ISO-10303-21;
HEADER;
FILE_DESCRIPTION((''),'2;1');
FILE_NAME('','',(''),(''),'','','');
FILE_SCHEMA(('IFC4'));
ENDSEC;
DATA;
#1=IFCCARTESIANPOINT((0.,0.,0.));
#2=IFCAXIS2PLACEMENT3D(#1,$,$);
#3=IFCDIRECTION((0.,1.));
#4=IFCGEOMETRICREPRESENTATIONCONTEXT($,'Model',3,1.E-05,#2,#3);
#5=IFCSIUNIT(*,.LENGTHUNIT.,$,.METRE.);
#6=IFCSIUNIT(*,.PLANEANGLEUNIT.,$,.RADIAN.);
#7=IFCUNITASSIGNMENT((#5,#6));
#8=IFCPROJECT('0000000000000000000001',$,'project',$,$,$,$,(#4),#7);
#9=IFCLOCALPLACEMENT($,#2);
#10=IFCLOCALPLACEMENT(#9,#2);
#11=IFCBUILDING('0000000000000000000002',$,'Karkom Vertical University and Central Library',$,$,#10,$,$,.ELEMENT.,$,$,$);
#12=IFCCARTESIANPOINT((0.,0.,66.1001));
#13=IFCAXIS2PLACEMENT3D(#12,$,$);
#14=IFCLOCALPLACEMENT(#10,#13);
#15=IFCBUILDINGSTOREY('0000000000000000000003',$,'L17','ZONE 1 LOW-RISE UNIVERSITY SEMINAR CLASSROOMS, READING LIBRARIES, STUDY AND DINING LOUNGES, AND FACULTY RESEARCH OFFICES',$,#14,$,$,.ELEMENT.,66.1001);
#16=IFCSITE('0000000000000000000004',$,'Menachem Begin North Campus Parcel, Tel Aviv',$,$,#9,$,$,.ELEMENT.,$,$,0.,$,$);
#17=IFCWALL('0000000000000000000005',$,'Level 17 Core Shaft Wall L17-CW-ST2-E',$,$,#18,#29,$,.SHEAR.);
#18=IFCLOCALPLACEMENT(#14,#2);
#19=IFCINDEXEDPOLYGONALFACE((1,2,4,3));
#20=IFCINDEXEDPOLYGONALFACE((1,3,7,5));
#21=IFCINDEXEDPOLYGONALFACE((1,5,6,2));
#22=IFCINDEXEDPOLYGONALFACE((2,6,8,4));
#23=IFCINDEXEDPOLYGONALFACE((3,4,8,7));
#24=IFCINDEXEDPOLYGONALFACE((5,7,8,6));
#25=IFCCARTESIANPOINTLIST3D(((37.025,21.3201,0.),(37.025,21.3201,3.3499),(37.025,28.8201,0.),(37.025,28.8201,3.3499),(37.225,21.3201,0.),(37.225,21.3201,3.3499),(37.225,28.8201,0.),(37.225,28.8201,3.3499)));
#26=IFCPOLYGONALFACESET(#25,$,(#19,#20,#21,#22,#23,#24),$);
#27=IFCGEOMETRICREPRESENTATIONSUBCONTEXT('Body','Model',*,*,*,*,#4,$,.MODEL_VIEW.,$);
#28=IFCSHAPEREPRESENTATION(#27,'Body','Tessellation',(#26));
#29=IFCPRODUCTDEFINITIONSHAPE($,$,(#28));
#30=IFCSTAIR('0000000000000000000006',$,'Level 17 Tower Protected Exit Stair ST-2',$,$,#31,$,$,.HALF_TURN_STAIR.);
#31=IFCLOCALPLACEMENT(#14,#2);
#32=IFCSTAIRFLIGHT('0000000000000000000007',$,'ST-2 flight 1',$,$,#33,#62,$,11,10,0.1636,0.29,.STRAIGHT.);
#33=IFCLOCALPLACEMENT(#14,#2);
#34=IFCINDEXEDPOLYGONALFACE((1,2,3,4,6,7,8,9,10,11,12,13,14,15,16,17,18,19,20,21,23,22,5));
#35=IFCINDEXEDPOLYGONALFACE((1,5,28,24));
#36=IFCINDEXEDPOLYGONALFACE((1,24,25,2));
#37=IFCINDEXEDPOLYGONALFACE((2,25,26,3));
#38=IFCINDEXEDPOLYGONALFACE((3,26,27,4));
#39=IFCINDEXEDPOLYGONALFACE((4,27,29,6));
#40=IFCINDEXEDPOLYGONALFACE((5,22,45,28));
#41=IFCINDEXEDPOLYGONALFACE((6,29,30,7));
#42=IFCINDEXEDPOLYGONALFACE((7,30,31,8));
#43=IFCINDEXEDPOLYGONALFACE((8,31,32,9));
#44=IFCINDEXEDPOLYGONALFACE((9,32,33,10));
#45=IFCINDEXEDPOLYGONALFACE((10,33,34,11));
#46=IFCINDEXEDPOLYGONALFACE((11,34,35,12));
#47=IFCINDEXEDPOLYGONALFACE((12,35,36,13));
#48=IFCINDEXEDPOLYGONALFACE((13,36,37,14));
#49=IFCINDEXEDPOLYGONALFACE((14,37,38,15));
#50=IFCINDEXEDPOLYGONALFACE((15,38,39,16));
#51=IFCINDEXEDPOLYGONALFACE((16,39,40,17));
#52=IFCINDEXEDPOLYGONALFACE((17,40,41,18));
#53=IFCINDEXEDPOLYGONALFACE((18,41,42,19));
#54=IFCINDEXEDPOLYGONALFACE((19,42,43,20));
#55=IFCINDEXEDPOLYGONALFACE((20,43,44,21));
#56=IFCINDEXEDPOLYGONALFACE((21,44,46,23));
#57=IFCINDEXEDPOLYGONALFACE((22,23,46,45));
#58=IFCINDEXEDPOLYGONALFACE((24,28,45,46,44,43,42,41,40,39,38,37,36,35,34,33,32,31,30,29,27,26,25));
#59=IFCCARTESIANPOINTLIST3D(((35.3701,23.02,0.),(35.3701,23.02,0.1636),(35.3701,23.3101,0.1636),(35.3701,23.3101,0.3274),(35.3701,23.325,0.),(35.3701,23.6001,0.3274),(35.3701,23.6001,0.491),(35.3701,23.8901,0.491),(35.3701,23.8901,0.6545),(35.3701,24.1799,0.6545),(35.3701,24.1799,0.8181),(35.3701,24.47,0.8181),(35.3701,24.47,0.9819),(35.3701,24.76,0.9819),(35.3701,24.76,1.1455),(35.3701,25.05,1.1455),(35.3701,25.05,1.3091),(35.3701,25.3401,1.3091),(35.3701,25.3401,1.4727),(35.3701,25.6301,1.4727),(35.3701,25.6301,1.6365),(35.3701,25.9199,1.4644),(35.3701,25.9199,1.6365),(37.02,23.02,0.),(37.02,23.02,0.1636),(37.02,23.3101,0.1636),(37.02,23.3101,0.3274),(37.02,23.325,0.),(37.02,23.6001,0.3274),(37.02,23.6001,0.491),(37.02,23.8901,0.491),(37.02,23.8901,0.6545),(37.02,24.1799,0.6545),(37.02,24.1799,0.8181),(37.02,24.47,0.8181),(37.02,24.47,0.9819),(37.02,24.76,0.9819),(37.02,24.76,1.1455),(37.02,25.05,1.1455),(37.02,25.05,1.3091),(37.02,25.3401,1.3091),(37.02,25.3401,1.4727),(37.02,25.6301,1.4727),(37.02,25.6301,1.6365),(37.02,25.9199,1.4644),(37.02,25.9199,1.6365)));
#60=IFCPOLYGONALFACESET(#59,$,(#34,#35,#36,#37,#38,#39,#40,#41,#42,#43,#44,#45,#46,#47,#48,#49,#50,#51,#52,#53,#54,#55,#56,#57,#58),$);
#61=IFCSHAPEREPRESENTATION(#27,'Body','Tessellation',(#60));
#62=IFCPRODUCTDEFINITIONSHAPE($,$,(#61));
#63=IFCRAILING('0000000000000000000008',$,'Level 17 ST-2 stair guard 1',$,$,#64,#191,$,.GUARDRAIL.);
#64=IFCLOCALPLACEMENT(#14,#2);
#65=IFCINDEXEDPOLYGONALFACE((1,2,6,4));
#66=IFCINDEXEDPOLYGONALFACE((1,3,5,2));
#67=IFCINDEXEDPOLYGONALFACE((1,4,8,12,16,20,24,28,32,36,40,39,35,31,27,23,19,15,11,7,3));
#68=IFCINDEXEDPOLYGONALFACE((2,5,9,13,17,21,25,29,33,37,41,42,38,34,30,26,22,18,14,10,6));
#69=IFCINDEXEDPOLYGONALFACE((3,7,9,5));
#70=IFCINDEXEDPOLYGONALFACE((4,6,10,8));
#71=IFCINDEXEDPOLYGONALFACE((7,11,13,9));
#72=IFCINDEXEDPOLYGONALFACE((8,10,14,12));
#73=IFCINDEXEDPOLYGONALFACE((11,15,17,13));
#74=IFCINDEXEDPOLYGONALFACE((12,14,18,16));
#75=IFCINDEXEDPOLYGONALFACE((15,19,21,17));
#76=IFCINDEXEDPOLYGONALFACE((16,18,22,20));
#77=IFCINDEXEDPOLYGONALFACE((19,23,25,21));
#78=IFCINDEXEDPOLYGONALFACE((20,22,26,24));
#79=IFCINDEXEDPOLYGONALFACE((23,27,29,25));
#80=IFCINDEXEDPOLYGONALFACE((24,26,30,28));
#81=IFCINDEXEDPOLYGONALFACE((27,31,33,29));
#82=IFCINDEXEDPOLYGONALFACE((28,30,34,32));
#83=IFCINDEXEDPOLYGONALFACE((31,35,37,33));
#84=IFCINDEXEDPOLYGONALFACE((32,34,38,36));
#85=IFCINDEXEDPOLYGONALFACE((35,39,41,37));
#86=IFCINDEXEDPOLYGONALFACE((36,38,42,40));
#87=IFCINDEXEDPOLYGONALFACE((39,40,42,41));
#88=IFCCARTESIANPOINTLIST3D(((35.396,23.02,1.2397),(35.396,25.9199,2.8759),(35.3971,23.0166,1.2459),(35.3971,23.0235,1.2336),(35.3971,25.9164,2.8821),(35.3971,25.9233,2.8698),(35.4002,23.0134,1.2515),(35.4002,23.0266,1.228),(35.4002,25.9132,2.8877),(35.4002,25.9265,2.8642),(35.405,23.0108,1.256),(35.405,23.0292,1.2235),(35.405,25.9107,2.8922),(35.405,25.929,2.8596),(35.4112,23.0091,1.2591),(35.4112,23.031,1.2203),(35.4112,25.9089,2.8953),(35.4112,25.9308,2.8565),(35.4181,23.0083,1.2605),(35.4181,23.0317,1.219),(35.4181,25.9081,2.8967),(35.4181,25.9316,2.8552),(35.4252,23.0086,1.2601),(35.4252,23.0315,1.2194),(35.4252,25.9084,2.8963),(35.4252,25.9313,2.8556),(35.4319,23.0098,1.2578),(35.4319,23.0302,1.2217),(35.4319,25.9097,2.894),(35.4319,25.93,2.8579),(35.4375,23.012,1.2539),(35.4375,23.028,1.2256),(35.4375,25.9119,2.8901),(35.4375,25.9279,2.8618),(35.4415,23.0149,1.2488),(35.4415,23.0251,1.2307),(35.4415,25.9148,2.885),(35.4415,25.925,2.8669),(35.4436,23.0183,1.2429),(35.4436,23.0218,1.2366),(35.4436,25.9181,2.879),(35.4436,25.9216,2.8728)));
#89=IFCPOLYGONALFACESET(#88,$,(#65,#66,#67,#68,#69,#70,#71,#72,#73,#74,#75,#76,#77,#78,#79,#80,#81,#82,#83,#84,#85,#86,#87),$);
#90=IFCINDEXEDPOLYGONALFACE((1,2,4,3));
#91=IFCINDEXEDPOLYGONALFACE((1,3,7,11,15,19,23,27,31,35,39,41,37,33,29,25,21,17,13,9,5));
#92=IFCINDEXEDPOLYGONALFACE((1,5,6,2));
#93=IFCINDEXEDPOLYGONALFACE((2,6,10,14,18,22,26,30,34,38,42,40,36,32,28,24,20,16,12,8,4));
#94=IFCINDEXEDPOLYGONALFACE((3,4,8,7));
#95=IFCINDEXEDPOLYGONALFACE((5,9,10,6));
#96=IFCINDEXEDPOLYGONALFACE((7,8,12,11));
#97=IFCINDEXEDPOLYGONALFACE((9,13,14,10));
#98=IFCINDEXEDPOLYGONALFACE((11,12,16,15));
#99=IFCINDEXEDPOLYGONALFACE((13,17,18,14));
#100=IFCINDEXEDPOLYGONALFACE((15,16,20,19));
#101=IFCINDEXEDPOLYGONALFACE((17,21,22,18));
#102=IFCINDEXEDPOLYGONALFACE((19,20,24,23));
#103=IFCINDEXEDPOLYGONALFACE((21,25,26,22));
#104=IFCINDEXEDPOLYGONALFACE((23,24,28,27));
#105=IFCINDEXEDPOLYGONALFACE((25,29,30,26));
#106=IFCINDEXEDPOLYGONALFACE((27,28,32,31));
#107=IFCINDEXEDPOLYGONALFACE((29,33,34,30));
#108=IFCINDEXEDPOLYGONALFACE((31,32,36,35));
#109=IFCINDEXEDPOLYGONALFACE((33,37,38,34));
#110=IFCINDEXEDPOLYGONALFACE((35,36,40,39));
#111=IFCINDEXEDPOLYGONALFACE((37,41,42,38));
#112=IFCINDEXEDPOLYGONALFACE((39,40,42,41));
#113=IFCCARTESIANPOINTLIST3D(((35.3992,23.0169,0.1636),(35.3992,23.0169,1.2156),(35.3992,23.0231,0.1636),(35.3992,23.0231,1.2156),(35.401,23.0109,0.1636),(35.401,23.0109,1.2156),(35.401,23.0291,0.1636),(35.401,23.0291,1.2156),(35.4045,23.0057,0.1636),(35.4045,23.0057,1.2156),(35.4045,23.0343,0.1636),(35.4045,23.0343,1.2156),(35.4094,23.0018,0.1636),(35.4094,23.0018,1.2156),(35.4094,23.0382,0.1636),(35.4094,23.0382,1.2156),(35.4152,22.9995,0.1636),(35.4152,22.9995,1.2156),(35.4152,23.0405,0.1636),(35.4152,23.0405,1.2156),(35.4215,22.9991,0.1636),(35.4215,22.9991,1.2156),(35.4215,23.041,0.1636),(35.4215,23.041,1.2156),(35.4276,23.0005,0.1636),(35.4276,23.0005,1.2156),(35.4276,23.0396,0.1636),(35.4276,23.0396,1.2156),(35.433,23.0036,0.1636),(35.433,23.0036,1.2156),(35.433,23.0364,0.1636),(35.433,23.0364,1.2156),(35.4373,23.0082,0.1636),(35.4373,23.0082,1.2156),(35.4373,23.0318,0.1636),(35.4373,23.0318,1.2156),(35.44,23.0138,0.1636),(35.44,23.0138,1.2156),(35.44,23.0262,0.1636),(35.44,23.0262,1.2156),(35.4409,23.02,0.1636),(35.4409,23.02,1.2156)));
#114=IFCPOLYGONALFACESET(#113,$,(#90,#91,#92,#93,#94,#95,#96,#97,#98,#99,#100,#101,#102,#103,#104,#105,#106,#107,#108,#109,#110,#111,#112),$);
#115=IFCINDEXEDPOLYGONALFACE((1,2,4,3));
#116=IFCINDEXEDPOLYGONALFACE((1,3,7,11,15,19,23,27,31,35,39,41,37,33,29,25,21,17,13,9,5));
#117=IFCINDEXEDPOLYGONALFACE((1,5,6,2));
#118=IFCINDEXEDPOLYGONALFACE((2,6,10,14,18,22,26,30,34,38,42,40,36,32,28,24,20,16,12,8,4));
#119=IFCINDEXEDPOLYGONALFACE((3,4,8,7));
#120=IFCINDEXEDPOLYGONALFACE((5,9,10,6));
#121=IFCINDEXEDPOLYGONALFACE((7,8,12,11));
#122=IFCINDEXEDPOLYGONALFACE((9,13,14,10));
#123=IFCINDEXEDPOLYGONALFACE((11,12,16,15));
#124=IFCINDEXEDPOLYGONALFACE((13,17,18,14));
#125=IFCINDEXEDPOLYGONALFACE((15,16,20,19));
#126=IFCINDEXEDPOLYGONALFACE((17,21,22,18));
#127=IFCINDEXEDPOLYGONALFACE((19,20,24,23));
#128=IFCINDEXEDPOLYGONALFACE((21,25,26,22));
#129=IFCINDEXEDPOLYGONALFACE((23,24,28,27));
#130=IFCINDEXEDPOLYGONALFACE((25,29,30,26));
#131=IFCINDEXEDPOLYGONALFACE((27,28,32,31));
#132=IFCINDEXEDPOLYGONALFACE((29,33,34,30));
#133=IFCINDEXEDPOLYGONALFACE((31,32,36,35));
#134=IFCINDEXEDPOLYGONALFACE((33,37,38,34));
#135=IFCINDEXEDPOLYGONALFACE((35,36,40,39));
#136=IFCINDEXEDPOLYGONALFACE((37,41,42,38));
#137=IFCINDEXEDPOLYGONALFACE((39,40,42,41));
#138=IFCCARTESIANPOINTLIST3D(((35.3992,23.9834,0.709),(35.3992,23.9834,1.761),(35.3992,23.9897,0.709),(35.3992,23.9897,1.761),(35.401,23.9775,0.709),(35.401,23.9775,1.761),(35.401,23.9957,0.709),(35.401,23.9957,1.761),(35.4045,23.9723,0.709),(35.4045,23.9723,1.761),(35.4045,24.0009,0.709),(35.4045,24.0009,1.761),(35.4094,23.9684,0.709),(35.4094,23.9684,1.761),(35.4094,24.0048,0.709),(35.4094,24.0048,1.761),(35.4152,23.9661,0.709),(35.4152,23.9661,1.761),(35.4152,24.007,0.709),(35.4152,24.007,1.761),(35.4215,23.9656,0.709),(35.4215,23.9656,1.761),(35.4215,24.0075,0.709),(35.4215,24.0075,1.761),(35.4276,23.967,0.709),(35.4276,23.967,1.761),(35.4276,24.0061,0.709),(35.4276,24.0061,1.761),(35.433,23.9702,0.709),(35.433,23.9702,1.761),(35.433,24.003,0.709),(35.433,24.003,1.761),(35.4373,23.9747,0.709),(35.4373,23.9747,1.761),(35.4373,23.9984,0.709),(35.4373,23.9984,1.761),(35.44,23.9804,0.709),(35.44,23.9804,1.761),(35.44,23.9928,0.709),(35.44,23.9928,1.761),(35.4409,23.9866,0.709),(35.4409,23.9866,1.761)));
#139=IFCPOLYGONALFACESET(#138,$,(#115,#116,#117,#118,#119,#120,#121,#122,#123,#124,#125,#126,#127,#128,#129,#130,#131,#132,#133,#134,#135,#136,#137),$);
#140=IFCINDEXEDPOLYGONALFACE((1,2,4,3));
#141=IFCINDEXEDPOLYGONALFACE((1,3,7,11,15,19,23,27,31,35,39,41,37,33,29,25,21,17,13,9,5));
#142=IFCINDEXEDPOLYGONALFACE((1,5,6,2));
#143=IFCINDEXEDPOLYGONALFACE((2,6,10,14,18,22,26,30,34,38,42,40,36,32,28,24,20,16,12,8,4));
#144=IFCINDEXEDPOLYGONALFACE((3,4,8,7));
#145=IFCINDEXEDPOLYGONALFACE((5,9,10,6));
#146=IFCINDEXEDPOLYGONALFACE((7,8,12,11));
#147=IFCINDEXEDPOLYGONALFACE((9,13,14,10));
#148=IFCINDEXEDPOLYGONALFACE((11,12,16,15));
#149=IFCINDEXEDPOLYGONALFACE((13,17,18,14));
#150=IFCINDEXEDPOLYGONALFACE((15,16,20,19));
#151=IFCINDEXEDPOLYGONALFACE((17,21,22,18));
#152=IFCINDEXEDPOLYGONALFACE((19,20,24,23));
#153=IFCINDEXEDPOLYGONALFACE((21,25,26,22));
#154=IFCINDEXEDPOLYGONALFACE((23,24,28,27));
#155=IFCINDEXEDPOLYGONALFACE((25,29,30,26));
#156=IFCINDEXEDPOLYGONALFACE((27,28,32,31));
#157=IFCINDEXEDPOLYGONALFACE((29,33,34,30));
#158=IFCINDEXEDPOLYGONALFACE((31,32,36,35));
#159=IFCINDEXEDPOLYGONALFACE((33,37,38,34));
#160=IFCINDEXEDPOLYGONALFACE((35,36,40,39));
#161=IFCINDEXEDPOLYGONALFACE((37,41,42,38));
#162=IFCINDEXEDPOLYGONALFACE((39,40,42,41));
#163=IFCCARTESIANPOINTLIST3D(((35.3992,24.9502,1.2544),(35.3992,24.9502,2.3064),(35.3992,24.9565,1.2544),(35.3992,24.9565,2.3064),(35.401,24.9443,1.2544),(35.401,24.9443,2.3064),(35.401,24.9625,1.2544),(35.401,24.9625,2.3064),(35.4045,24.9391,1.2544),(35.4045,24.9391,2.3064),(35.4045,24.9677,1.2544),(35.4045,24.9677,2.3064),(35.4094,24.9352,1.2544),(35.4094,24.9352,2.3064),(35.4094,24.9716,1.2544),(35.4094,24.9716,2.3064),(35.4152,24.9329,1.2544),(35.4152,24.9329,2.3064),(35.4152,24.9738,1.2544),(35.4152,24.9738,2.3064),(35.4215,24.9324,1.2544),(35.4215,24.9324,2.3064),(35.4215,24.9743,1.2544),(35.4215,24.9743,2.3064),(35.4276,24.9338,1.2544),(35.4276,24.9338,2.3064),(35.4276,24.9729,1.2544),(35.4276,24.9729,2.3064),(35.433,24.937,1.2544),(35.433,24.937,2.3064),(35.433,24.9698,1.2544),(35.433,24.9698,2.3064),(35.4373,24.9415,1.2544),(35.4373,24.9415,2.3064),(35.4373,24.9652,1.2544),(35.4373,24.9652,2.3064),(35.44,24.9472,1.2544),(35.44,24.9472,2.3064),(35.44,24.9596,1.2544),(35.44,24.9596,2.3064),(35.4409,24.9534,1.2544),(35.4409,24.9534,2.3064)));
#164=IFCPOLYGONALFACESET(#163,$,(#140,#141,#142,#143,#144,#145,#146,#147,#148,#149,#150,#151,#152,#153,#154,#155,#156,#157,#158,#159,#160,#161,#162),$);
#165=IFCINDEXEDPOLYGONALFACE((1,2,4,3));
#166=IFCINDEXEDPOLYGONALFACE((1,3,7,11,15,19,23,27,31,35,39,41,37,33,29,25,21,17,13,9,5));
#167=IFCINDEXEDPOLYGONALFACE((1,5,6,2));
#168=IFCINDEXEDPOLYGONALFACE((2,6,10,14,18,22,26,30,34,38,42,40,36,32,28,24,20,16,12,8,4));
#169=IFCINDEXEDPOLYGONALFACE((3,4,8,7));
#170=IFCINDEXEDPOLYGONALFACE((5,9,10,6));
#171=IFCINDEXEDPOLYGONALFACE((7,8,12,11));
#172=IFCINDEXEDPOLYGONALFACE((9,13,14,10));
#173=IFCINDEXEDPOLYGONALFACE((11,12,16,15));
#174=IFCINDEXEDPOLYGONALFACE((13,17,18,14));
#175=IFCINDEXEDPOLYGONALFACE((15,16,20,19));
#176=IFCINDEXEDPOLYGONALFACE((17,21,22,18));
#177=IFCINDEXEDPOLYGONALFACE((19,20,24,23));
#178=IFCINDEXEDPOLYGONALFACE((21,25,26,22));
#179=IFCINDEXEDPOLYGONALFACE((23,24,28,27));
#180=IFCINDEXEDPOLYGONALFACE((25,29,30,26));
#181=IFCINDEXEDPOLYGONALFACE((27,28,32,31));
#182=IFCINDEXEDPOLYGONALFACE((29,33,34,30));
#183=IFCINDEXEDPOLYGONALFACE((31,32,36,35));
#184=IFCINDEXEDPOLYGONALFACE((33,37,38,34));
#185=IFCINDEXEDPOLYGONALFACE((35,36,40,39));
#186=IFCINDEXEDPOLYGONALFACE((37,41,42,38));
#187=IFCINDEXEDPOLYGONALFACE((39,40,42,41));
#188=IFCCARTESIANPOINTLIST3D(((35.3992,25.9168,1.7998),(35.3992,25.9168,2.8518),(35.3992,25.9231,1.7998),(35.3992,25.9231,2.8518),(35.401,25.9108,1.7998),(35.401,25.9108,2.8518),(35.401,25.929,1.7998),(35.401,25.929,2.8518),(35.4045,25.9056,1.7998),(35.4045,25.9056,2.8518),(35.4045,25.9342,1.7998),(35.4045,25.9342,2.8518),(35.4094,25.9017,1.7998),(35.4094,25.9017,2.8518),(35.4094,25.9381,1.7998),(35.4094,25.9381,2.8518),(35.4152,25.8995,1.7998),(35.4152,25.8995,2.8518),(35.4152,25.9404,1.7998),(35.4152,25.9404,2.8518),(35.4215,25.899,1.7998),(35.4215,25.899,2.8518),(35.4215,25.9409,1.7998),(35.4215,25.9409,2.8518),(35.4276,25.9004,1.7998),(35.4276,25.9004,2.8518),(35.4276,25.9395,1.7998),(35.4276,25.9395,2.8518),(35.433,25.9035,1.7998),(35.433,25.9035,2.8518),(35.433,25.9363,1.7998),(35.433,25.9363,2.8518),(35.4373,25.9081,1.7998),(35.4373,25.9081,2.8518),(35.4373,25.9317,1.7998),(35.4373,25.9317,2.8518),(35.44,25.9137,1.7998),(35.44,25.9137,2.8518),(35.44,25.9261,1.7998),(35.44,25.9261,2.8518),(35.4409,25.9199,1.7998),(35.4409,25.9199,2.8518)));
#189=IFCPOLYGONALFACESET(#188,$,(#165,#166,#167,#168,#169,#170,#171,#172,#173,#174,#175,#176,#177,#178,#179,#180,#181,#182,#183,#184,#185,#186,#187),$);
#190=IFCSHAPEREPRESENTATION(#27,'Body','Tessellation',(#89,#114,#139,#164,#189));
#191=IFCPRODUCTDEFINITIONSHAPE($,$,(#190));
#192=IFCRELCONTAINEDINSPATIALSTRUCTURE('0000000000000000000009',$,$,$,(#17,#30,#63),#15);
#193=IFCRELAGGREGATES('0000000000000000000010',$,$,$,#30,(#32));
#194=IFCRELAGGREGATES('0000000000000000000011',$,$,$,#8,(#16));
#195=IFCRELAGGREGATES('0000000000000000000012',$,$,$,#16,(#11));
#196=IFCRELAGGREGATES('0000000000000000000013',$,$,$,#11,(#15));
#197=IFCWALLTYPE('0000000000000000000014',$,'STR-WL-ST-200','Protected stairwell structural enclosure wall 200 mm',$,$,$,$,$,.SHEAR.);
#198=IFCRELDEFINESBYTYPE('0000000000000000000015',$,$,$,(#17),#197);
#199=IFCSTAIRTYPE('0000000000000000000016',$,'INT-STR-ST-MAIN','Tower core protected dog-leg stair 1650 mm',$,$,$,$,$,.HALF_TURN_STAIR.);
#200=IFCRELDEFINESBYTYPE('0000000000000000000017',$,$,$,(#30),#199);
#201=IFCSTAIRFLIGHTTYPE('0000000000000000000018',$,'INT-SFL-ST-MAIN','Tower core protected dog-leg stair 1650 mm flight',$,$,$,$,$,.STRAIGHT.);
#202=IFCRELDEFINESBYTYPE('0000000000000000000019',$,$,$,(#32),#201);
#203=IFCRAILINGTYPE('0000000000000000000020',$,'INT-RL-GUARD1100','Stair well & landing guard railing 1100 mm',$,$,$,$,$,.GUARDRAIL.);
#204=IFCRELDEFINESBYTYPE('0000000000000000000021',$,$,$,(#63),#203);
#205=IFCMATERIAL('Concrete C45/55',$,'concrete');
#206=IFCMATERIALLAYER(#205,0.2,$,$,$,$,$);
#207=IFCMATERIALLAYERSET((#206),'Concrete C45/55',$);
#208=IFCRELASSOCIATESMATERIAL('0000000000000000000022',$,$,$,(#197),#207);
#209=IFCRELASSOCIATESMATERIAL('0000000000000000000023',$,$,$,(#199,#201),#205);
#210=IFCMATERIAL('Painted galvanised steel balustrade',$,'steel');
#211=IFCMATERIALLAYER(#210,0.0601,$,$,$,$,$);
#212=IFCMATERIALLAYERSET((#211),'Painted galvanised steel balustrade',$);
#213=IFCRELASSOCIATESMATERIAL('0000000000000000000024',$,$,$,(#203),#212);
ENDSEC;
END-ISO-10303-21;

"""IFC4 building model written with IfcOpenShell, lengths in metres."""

from ifc_helpers import new_model, si_unit, direction, frame, frame_2d, origin, origin_2d, place, context, subcontext, project, spatial, polyline, rectangle, circle, outline, extrude, material, layer, layer_set, type_object, element, aggregate, save


model = new_model("IFC4")

# Units and contexts
model_context = context("Model", 3, precision=1e-05, world=origin(), true_north=direction((0.0, 1.0)))
body_context = subcontext(model_context, "Body", "Model", "MODEL_VIEW")
ifc_project = project(units=[si_unit("LENGTHUNIT", "METRE"), si_unit("PLANEANGLEUNIT", "RADIAN")], contexts=[model_context])

# Site, building, storey
site_placement = place(None, origin())
site = spatial("IfcSite", under=ifc_project, at=site_placement, Name="Menachem Begin North Campus Parcel, Tel Aviv", CompositionType="ELEMENT", RefElevation=0.0)
building_placement = place(site_placement, origin())
building = spatial("IfcBuilding", under=site, at=building_placement, Name="Karkom Vertical University and Central Library", CompositionType="ELEMENT")
storey_placement = place(building_placement, frame((0.0, 0.0, 66.1001)))
storey = spatial("IfcBuildingStorey", under=building, at=storey_placement, Name="L17", Description="ZONE 1 LOW-RISE UNIVERSITY SEMINAR CLASSROOMS, READING LIBRARIES, STUDY AND DINING LOUNGES, AND FACULTY RESEARCH OFFICES", CompositionType="ELEMENT", Elevation=66.1001)

# Wall
ifc_material_1 = material(Name="Concrete C45/55", Category="concrete")
ifc_layer_1 = layer(ifc_material_1, 0.2)
ifc_layer_set_1 = layer_set([ifc_layer_1], Name="Concrete C45/55")
wall_type_1 = type_object("IfcWallType", Name="STR-WL-ST-200", Description="Protected stairwell structural enclosure wall 200 mm", PredefinedType="SHEAR", material=ifc_layer_set_1)
wall_1_placement = place(storey_placement, frame((37.125, 21.3201, 0.0), z_axis=(0.0, 0.0, 1.0), x_axis=(0.0, 1.0, 0.0)))
element("IfcWall", 1, at=wall_1_placement, inside=storey, type_object=wall_type_1, Name="Level 17 Core Shaft Wall L17-CW-ST2-E", PredefinedType="SHEAR", context=body_context, shape_type="SweptSolid", body=[
    extrude(rectangle(XDim=7.5, YDim=0.2, at=frame_2d((3.75, 0.0))), origin(), (0.0, 0.0, 1.0), 3.3499),
])

# Stair, stair flight
stair_type = type_object("IfcStairType", Name="INT-STR-ST-MAIN", Description="Tower core protected dog-leg stair 1650 mm", PredefinedType="HALF_TURN_STAIR", material=ifc_material_1)
stair_placement = place(storey_placement, origin())
stair = element("IfcStair", 2, at=stair_placement, inside=storey, type_object=stair_type, Name="Level 17 Tower Protected Exit Stair ST-2", PredefinedType="HALF_TURN_STAIR")
stair_flight_type = type_object("IfcStairFlightType", Name="INT-SFL-ST-MAIN", Description="Tower core protected dog-leg stair 1650 mm flight", PredefinedType="STRAIGHT", material=ifc_material_1)
stair_flight_placement = place(storey_placement, frame((36.1951, 23.02, 0.0), z_axis=(0.0, 0.0, 1.0), x_axis=(0.0, 1.0, 0.0)))
stair_flight = element("IfcStairFlight", 3, at=stair_flight_placement, type_object=stair_flight_type, Name="ST-2 flight 1", NumberOfRisers=11, NumberOfTreads=10, PredefinedType="STRAIGHT", RiserHeight=0.1636, TreadLength=0.29, context=body_context, shape_type="SweptSolid", body=[
    extrude(outline(polyline([(0.0, 0.0), (0.0, 0.1636), (0.29, 0.1636), (0.29, 0.3274), (0.5801, 0.3274), (0.5801, 0.491), (0.8701, 0.491), (0.8701, 0.6545), (1.1599, 0.6545), (1.1599, 0.8181), (1.45, 0.8181), (1.45, 0.9819), (1.74, 0.9819), (1.74, 1.1455), (2.03, 1.1455), (2.03, 1.3091), (2.3201, 1.3091), (2.3201, 1.4727), (2.6101, 1.4727), (2.6101, 1.6365), (2.8999, 1.6365), (2.8999, 1.8), (2.8999, 1.4644), (0.3049, 0.0), (0.0, 0.0)])), frame((0.0, 0.825, 0.0), z_axis=(0.0, -1.0, 0.0), x_axis=(1.0, 0.0, 0.0)), (0.0, 0.0, 1.0), 1.6499),
])
aggregate(stair, [stair_flight])

# Railing
ifc_material_2 = material(Name="Painted galvanised steel balustrade", Category="steel")
ifc_layer_2 = layer(ifc_material_2, 0.0601)
ifc_layer_set_2 = layer_set([ifc_layer_2], Name="Painted galvanised steel balustrade")
railing_type_1 = type_object("IfcRailingType", Name="INT-RL-GUARD1100", Description="Stair well & landing guard railing 1100 mm", PredefinedType="GUARDRAIL", material=ifc_layer_set_2)
railing_1_placement = place(storey_placement, frame((35.4199, 23.02, 0.1636)))
element("IfcRailing", 4, at=railing_1_placement, inside=storey, type_object=railing_type_1, Name="Level 17 ST-2 stair guard 1", PredefinedType="GUARDRAIL", context=body_context, shape_type="SweptSolid", body=[
    extrude(circle(Radius=0.0239, at=origin_2d()), frame((0.0, 0.0, 1.0762), z_axis=(0.0, 0.870929, 0.49141), x_axis=(-1.0, 0.0, 0.0)), (0.0, 0.0, 1.0), 3.3296),
    extrude(circle(Radius=0.021, at=origin_2d()), origin(), (0.0, 0.0, 1.0), 1.052),
    extrude(circle(Radius=0.021, at=origin_2d()), frame((0.0, 0.9666, 0.5454)), (0.0, 0.0, 1.0), 1.052),
    extrude(circle(Radius=0.021, at=origin_2d()), frame((0.0, 1.9333, 1.0908)), (0.0, 0.0, 1.0), 1.052),
    extrude(circle(Radius=0.021, at=origin_2d()), frame((0.0, 2.8999, 1.6362)), (0.0, 0.0, 1.0), 1.052),
])

save(model, "model.ifc")
